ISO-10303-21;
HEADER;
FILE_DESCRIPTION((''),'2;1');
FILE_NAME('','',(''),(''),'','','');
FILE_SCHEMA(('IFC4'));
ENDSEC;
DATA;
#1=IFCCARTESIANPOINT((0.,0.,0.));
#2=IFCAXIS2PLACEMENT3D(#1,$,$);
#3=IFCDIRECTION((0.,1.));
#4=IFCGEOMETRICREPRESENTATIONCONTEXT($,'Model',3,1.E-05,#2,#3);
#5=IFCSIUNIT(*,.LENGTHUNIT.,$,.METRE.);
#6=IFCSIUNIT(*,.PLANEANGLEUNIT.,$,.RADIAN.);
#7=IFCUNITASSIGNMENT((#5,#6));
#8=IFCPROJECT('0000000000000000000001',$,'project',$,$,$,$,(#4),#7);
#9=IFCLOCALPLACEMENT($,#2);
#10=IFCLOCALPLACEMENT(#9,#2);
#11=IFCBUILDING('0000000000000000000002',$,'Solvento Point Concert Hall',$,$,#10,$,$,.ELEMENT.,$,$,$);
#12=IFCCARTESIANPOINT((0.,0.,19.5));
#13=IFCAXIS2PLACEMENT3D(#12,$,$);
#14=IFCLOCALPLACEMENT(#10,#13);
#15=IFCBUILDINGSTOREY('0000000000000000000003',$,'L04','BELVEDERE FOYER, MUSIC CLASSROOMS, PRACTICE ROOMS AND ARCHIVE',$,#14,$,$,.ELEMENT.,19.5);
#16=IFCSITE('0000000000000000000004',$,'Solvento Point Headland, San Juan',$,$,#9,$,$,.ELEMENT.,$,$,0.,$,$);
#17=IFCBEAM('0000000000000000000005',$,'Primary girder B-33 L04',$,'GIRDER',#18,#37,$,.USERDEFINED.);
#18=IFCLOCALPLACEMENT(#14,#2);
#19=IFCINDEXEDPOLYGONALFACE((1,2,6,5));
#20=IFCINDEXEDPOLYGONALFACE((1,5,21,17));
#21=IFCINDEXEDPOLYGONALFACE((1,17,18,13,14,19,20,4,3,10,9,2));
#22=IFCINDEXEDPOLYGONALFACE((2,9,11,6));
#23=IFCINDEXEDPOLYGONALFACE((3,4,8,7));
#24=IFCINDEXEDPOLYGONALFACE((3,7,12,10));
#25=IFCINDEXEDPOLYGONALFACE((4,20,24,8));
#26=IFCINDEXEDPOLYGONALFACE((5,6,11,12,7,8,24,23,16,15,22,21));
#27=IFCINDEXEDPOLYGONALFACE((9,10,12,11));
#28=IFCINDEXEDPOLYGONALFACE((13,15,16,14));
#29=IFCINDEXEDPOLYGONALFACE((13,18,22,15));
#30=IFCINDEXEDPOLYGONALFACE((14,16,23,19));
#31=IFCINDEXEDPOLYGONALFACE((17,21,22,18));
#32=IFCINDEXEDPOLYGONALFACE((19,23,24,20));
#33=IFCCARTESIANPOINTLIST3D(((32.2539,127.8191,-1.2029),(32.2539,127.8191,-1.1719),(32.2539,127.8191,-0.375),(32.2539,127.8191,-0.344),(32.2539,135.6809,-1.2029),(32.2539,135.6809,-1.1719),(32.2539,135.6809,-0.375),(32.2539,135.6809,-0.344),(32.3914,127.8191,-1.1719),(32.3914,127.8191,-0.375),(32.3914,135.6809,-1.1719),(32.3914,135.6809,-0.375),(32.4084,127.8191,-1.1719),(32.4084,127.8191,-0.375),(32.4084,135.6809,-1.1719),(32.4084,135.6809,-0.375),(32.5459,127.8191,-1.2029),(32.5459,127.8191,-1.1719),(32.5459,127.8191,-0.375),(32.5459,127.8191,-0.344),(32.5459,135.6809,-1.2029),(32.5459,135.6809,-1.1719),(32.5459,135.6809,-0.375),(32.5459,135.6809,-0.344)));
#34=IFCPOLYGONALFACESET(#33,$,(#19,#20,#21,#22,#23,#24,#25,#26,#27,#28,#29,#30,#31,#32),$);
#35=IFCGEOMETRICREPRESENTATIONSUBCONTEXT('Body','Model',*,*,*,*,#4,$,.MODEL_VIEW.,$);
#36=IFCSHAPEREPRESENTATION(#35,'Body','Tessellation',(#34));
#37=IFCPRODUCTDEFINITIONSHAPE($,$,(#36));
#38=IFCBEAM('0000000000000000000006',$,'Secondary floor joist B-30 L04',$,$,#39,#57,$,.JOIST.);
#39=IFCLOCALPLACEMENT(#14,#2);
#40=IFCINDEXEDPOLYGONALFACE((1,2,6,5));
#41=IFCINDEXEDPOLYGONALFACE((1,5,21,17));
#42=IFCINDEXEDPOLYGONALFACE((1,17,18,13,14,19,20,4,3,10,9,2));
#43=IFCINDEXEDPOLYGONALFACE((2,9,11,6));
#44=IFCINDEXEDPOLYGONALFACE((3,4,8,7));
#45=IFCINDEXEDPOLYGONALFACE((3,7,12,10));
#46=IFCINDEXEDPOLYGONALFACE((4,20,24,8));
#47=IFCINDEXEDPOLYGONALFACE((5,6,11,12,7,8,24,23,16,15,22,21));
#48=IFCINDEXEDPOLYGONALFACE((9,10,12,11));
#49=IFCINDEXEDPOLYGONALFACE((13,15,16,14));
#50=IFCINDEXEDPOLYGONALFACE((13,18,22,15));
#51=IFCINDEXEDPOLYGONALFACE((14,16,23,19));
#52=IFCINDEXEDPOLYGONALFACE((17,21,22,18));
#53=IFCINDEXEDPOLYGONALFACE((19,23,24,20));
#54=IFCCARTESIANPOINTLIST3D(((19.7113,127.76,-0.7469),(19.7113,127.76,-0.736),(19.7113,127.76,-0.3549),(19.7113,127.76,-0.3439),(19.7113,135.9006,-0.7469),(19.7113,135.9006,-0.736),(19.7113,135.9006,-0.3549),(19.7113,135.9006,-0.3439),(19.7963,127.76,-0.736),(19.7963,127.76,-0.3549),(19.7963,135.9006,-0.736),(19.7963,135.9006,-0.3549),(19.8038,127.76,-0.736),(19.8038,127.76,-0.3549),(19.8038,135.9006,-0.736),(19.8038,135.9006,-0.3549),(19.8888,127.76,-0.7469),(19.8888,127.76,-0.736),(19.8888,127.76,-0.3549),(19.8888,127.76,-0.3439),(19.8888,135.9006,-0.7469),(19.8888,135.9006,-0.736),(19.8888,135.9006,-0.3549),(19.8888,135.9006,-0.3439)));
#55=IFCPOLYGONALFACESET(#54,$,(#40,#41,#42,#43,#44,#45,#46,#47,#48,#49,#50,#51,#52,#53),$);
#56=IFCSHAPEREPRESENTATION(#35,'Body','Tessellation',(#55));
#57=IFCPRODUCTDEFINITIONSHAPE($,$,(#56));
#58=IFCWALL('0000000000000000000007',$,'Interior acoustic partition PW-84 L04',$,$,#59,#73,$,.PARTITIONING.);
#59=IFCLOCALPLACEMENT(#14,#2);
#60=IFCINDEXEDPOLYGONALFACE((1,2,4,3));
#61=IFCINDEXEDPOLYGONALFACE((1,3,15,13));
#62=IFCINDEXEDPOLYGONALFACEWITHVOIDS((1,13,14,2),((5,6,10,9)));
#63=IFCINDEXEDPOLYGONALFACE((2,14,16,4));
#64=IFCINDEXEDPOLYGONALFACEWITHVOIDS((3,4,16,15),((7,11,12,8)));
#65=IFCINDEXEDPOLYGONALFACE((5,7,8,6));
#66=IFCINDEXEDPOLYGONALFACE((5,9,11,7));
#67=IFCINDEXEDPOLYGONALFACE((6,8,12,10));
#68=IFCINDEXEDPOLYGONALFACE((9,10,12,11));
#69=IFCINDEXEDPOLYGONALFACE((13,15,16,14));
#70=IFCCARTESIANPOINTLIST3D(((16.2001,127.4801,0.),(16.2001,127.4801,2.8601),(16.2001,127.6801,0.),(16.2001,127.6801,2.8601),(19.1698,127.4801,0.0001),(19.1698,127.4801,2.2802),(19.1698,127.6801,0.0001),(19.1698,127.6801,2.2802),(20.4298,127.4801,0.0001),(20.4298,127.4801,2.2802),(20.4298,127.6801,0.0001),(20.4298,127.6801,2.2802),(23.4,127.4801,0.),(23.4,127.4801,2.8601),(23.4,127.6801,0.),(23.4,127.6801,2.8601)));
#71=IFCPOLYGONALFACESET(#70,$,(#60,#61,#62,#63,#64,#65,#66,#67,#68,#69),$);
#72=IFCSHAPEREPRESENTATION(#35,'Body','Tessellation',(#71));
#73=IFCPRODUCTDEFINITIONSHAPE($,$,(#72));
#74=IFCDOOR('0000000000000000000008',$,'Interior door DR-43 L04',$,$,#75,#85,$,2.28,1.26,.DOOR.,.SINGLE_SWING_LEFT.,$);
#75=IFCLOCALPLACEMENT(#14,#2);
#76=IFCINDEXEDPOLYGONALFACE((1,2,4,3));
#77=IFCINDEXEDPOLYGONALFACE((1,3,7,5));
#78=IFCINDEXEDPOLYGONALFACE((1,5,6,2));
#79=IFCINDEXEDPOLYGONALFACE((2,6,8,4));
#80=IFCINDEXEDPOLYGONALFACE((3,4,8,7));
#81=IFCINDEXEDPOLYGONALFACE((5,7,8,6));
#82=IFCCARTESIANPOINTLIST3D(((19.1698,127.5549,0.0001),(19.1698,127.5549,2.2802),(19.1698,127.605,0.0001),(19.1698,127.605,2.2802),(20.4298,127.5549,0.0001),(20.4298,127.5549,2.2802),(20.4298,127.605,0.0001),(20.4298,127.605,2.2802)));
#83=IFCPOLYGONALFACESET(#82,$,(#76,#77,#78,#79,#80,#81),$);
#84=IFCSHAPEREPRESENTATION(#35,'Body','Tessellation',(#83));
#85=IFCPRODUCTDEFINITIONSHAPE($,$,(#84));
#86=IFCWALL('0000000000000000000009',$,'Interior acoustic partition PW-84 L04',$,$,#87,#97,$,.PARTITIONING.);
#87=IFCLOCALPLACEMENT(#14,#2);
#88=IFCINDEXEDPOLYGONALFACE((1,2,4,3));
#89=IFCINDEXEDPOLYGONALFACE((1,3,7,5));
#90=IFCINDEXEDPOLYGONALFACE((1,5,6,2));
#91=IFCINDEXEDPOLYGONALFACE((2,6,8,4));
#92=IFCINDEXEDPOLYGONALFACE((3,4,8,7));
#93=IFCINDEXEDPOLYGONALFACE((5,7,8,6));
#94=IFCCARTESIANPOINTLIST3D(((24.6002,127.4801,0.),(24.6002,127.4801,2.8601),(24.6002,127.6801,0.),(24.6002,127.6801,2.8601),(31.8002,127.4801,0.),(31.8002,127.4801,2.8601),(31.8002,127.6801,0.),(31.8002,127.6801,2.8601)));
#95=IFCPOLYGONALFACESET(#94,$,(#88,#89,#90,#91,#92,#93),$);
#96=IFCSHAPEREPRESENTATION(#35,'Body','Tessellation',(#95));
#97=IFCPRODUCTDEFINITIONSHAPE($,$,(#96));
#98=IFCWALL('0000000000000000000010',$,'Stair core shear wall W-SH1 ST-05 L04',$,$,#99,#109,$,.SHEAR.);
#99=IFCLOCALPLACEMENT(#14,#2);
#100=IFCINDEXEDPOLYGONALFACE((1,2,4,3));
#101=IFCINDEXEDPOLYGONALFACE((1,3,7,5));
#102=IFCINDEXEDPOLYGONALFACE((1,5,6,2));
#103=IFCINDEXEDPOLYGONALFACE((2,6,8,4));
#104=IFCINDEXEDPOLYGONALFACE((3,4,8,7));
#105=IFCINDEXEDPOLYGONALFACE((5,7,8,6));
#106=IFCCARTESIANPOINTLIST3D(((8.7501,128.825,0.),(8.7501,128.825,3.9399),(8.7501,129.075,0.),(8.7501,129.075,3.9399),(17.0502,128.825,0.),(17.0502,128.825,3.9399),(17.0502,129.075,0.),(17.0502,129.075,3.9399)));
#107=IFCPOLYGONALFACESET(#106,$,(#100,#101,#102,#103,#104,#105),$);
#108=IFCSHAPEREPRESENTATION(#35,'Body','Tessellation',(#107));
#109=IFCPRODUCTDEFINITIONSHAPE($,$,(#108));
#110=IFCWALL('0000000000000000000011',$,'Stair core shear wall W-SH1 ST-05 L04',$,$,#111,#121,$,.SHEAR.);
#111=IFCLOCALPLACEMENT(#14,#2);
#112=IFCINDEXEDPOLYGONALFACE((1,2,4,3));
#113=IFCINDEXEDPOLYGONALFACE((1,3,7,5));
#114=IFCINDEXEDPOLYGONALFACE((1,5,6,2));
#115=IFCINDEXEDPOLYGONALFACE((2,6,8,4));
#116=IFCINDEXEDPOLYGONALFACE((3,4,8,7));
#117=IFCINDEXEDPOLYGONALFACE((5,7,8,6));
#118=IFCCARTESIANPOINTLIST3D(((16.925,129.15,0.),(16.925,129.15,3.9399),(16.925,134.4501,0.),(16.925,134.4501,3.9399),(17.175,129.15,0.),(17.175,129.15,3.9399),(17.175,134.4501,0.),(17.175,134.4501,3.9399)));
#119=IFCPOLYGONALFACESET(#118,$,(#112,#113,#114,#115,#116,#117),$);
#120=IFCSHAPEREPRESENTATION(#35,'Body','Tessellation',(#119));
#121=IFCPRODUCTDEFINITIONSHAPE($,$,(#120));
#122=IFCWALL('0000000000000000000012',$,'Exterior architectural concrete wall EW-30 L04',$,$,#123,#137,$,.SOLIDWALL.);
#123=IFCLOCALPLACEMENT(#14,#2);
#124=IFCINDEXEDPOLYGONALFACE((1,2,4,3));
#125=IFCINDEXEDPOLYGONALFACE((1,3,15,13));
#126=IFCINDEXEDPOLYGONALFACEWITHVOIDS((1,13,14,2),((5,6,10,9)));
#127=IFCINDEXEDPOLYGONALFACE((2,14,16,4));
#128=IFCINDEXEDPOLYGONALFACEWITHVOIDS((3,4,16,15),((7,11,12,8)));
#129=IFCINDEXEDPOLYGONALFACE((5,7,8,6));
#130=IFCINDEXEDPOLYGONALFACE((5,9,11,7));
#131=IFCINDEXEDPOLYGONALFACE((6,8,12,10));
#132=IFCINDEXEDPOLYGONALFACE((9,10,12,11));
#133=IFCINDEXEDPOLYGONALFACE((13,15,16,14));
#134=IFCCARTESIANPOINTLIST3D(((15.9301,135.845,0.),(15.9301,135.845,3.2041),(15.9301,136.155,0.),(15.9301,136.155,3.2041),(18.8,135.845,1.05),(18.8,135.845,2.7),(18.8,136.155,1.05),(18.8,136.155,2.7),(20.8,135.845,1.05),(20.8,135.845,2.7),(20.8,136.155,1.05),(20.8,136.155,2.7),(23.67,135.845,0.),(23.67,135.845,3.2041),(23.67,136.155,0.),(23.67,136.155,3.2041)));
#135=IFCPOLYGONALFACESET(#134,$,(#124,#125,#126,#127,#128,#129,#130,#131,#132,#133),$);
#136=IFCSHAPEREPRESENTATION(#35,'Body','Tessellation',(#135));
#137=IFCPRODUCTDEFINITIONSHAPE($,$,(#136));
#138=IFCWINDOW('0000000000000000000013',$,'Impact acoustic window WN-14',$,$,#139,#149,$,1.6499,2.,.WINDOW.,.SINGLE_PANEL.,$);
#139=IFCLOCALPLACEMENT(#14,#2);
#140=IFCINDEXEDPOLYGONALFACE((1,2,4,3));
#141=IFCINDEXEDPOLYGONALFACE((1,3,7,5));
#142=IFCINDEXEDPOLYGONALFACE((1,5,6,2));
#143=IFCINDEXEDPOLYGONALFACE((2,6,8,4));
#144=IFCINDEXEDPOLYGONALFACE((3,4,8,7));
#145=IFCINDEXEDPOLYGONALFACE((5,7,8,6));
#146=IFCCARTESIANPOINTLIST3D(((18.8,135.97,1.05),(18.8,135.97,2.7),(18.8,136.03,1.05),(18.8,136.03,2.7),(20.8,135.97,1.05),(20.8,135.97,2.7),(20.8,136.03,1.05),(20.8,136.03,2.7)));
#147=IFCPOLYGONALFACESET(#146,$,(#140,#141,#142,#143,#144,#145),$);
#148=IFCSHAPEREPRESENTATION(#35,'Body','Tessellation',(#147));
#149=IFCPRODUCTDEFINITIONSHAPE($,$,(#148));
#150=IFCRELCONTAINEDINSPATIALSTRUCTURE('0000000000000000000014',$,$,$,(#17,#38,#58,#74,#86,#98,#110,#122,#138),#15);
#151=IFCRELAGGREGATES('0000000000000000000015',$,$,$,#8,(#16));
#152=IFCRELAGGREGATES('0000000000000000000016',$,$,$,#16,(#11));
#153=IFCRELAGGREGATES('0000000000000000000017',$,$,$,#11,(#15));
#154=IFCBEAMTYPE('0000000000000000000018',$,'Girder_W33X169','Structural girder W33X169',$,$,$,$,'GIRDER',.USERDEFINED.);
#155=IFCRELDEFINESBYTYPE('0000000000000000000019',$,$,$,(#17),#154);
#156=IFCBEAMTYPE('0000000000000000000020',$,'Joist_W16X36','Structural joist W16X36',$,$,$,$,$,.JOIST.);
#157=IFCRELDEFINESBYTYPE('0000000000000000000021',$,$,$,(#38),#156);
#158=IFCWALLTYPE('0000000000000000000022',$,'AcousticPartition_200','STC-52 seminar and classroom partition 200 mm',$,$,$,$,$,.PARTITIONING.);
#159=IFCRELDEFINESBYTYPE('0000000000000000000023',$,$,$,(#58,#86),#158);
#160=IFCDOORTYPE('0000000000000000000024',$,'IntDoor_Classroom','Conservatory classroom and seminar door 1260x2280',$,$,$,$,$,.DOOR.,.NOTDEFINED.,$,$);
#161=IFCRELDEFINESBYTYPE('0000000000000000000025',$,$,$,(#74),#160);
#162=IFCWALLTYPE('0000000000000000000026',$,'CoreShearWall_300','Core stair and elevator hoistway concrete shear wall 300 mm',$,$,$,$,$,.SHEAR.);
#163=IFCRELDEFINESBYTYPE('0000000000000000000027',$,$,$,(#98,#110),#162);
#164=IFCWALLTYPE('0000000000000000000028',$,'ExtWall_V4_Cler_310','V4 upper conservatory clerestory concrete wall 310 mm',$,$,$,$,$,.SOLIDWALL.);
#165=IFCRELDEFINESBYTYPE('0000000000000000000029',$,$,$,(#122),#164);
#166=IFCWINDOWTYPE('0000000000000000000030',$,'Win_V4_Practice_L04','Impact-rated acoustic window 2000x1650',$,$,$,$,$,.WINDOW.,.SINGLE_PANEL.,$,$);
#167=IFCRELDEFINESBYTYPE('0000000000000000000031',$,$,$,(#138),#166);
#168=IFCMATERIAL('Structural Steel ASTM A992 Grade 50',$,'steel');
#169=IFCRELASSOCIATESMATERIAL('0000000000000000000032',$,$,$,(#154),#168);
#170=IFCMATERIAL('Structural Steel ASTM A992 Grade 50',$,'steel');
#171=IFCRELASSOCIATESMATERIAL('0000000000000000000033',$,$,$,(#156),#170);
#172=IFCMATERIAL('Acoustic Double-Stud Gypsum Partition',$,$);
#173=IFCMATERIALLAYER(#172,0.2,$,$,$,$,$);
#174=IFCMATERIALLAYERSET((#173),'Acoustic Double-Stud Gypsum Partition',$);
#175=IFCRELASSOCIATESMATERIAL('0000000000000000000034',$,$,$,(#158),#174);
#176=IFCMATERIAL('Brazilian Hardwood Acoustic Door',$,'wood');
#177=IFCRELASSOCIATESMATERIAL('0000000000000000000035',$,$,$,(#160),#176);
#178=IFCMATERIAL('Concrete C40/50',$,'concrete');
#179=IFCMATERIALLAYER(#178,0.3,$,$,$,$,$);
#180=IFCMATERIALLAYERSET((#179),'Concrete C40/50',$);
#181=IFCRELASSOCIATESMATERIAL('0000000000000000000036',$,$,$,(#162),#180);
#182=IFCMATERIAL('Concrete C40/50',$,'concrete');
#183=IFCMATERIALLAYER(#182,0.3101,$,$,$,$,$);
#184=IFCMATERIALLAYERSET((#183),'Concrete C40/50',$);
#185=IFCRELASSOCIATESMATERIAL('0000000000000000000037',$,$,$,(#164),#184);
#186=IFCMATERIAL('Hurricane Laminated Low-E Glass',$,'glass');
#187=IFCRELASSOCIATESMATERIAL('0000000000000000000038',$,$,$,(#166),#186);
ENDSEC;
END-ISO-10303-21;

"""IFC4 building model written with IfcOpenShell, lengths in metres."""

from ifc_helpers import new_model, si_unit, direction, frame, frame_2d, origin, origin_2d, place, context, subcontext, project, spatial, rectangle, i_section, extrude, material, layer, layer_set, material_profile, profile_set, type_object, element, fill, save


model = new_model("IFC4")

# Units and contexts
model_context = context("Model", 3, precision=1e-05, world=origin(), true_north=direction((0.0, 1.0)))
body_context = subcontext(model_context, "Body", "Model", "MODEL_VIEW")
ifc_project = project(units=[si_unit("LENGTHUNIT", "METRE"), si_unit("PLANEANGLEUNIT", "RADIAN")], contexts=[model_context])

# Site, building, storey
site_placement = place(None, origin())
site = spatial("IfcSite", under=ifc_project, at=site_placement, Name="Solvento Point Headland, San Juan", CompositionType="ELEMENT", RefElevation=0.0)
building_placement = place(site_placement, origin())
building = spatial("IfcBuilding", under=site, at=building_placement, Name="Solvento Point Concert Hall", CompositionType="ELEMENT")
storey_placement = place(building_placement, frame((0.0, 0.0, 19.5)))
storey = spatial("IfcBuildingStorey", under=building, at=storey_placement, Name="L04", Description="BELVEDERE FOYER, MUSIC CLASSROOMS, PRACTICE ROOMS AND ARCHIVE", CompositionType="ELEMENT", Elevation=19.5)

# Beams
ifc_material_1 = material(Name="Structural Steel ASTM A992 Grade 50", Category="steel")
ifc_material_profile_1 = material_profile(ifc_material_1, i_section(OverallWidth=0.292, OverallDepth=0.8589, WebThickness=0.0171, FlangeThickness=0.031, at=origin_2d()), Name="W33X169")
ifc_profile_set_1 = profile_set([ifc_material_profile_1], Name="Structural Steel ASTM A992 Grade 50")
beam_type_1 = type_object("IfcBeamType", Name="Girder_W33X169", Description="Structural girder W33X169", ElementType="GIRDER", PredefinedType="USERDEFINED", material=ifc_profile_set_1)
beam_1_placement = place(storey_placement, frame((32.3999, 127.8191, -0.7734), z_axis=(0.0, 1.0, 0.0), x_axis=(-1.0, 0.0, 0.0)))
element("IfcBeam", 1, at=beam_1_placement, inside=storey, type_object=beam_type_1, Name="Primary girder B-33 L04", ObjectType="GIRDER", PredefinedType="USERDEFINED", context=body_context, shape_type="SweptSolid", body=[
    extrude(i_section(OverallWidth=0.292, OverallDepth=0.8589, WebThickness=0.0171, FlangeThickness=0.031, at=origin_2d()), origin(), (0.0, 0.0, 1.0), 7.8618),
])
ifc_material_2 = material(Name="Structural Steel ASTM A992 Grade 50", Category="steel")
ifc_material_profile_2 = material_profile(ifc_material_2, i_section(OverallWidth=0.1775, OverallDepth=0.4031, WebThickness=0.0076, FlangeThickness=0.011, at=origin_2d()), Name="W16X36")
ifc_profile_set_2 = profile_set([ifc_material_profile_2], Name="Structural Steel ASTM A992 Grade 50")
beam_type_2 = type_object("IfcBeamType", Name="Joist_W16X36", Description="Structural joist W16X36", PredefinedType="JOIST", material=ifc_profile_set_2)
beam_2_placement = place(storey_placement, frame((19.8, 127.76, -0.5454), z_axis=(0.0, 1.0, 0.0), x_axis=(-1.0, 0.0, 0.0)))
element("IfcBeam", 2, at=beam_2_placement, inside=storey, type_object=beam_type_2, Name="Secondary floor joist B-30 L04", PredefinedType="JOIST", context=body_context, shape_type="SweptSolid", body=[
    extrude(i_section(OverallWidth=0.1775, OverallDepth=0.4031, WebThickness=0.0076, FlangeThickness=0.011, at=origin_2d()), origin(), (0.0, 0.0, 1.0), 8.1406),
])

# Wall, opening, door
ifc_material_3 = material(Name="Acoustic Double-Stud Gypsum Partition")
ifc_layer_1 = layer(ifc_material_3, 0.2)
ifc_layer_set_1 = layer_set([ifc_layer_1], Name="Acoustic Double-Stud Gypsum Partition")
wall_type_1 = type_object("IfcWallType", Name="AcousticPartition_200", Description="STC-52 seminar and classroom partition 200 mm", PredefinedType="PARTITIONING", material=ifc_layer_set_1)
wall_1_placement = place(storey_placement, frame((16.2, 127.5801, 0.0), z_axis=(0.0, 0.0, 1.0), x_axis=(1.0, 0.0, 0.0)))
wall_1 = element("IfcWall", 3, at=wall_1_placement, inside=storey, type_object=wall_type_1, Name="Interior acoustic partition PW-84 L04", PredefinedType="PARTITIONING", context=body_context, shape_type="SweptSolid", body=[
    extrude(rectangle(XDim=7.2, YDim=0.2, at=frame_2d((3.6001, 0.0))), origin(), (0.0, 0.0, 1.0), 2.8601),
])
opening_1_placement = place(wall_1_placement, frame((2.97, 0.0, 0.0)))
opening_1 = element("IfcOpeningElement", 4, at=opening_1_placement, cuts=wall_1, PredefinedType="OPENING", context=body_context, shape_type="SweptSolid", body=[
    extrude(rectangle(XDim=1.26, YDim=2.28, at=frame_2d((0.6299, 1.1401))), frame((0.0, 0.1099, 0.0), z_axis=(0.0, -1.0, 0.0), x_axis=(1.0, 0.0, 0.0)), (0.0, 0.0, 1.0), 0.22),
])
ifc_material_4 = material(Name="Brazilian Hardwood Acoustic Door", Category="wood")
door_type = type_object("IfcDoorType", Name="IntDoor_Classroom", Description="Conservatory classroom and seminar door 1260x2280", OperationType="NOTDEFINED", PredefinedType="DOOR", material=ifc_material_4)
door_placement = place(opening_1_placement, origin())
door = element("IfcDoor", 5, at=door_placement, inside=storey, type_object=door_type, Name="Interior door DR-43 L04", OperationType="SINGLE_SWING_LEFT", OverallHeight=2.28, OverallWidth=1.26, PredefinedType="DOOR", context=body_context, shape_type="SweptSolid", body=[
    extrude(rectangle(XDim=1.26, YDim=2.28, at=frame_2d((0.6299, 1.1401))), frame((0.0, 0.0249, 0.0), z_axis=(0.0, -1.0, 0.0), x_axis=(1.0, 0.0, 0.0)), (0.0, 0.0, 1.0), 0.05),
])
fill(opening_1, door)

# Walls
wall_2_placement = place(storey_placement, frame((24.6001, 127.5801, 0.0), z_axis=(0.0, 0.0, 1.0), x_axis=(1.0, 0.0, 0.0)))
element("IfcWall", 6, at=wall_2_placement, inside=storey, type_object=wall_type_1, Name="Interior acoustic partition PW-84 L04", PredefinedType="PARTITIONING", context=body_context, shape_type="SweptSolid", body=[
    extrude(rectangle(XDim=7.2, YDim=0.2, at=frame_2d((3.6001, 0.0))), origin(), (0.0, 0.0, 1.0), 2.8601),
])
ifc_material_5 = material(Name="Concrete C40/50", Category="concrete")
ifc_layer_2 = layer(ifc_material_5, 0.3)
ifc_layer_set_2 = layer_set([ifc_layer_2], Name="Concrete C40/50")
wall_type_2 = type_object("IfcWallType", Name="CoreShearWall_300", Description="Core stair and elevator hoistway concrete shear wall 300 mm", PredefinedType="SHEAR", material=ifc_layer_set_2)
wall_3_placement = place(storey_placement, frame((17.05, 128.95, 0.0), z_axis=(0.0, 0.0, 1.0), x_axis=(-1.0, 0.0, 0.0)))
element("IfcWall", 7, at=wall_3_placement, inside=storey, type_object=wall_type_2, Name="Stair core shear wall W-SH1 ST-05 L04", PredefinedType="SHEAR", context=body_context, shape_type="SweptSolid", body=[
    extrude(rectangle(XDim=8.3, YDim=0.25, at=frame_2d((4.1499, 0.0))), origin(), (0.0, 0.0, 1.0), 3.9399),
])
wall_4_placement = place(storey_placement, frame((17.05, 134.45, 0.0), z_axis=(0.0, 0.0, 1.0), x_axis=(0.0, -1.0, 0.0)))
element("IfcWall", 8, at=wall_4_placement, inside=storey, type_object=wall_type_2, Name="Stair core shear wall W-SH1 ST-05 L04", PredefinedType="SHEAR", context=body_context, shape_type="SweptSolid", body=[
    extrude(rectangle(XDim=5.3, YDim=0.25, at=frame_2d((2.6499, 0.0))), origin(), (0.0, 0.0, 1.0), 3.9399),
])

# Wall, opening, window
ifc_material_6 = material(Name="Concrete C40/50", Category="concrete")
ifc_layer_3 = layer(ifc_material_6, 0.3101)
ifc_layer_set_3 = layer_set([ifc_layer_3], Name="Concrete C40/50")
wall_type_3 = type_object("IfcWallType", Name="ExtWall_V4_Cler_310", Description="V4 upper conservatory clerestory concrete wall 310 mm", PredefinedType="SOLIDWALL", material=ifc_layer_set_3)
wall_5_placement = place(storey_placement, frame((15.9299, 136.0, 0.0), z_axis=(0.0, 0.0, 1.0), x_axis=(1.0, 0.0, 0.0)))
wall_5 = element("IfcWall", 9, at=wall_5_placement, inside=storey, type_object=wall_type_3, Name="Exterior architectural concrete wall EW-30 L04", PredefinedType="SOLIDWALL", context=body_context, shape_type="SweptSolid", body=[
    extrude(rectangle(XDim=7.74, YDim=0.3101, at=frame_2d((3.8701, 0.0))), origin(), (0.0, 0.0, 1.0), 3.2041),
])
opening_2_placement = place(wall_5_placement, frame((2.8701, 0.0, 1.05)))
opening_2 = element("IfcOpeningElement", 10, at=opening_2_placement, cuts=wall_5, PredefinedType="OPENING", context=body_context, shape_type="SweptSolid", body=[
    extrude(rectangle(XDim=2.0, YDim=1.6499, at=frame_2d((1.0, 0.825))), frame((0.0, 0.165, 0.0), z_axis=(0.0, -1.0, 0.0), x_axis=(1.0, 0.0, 0.0)), (0.0, 0.0, 1.0), 0.3301),
])
ifc_material_7 = material(Name="Hurricane Laminated Low-E Glass", Category="glass")
window_type = type_object("IfcWindowType", Name="Win_V4_Practice_L04", Description="Impact-rated acoustic window 2000x1650", PartitioningType="SINGLE_PANEL", PredefinedType="WINDOW", material=ifc_material_7)
window_1_placement = place(opening_2_placement, origin())
window_1 = element("IfcWindow", 11, at=window_1_placement, inside=storey, type_object=window_type, Name="Impact acoustic window WN-14", OverallHeight=1.6499, OverallWidth=2.0, PartitioningType="SINGLE_PANEL", PredefinedType="WINDOW", context=body_context, shape_type="SweptSolid", body=[
    extrude(rectangle(XDim=2.0, YDim=1.6499, at=frame_2d((1.0, 0.825))), frame((0.0, 0.03, 0.0), z_axis=(0.0, -1.0, 0.0), x_axis=(1.0, 0.0, 0.0)), (0.0, 0.0, 1.0), 0.0601),
])
fill(opening_2, window_1)

save(model, "model.ifc")
